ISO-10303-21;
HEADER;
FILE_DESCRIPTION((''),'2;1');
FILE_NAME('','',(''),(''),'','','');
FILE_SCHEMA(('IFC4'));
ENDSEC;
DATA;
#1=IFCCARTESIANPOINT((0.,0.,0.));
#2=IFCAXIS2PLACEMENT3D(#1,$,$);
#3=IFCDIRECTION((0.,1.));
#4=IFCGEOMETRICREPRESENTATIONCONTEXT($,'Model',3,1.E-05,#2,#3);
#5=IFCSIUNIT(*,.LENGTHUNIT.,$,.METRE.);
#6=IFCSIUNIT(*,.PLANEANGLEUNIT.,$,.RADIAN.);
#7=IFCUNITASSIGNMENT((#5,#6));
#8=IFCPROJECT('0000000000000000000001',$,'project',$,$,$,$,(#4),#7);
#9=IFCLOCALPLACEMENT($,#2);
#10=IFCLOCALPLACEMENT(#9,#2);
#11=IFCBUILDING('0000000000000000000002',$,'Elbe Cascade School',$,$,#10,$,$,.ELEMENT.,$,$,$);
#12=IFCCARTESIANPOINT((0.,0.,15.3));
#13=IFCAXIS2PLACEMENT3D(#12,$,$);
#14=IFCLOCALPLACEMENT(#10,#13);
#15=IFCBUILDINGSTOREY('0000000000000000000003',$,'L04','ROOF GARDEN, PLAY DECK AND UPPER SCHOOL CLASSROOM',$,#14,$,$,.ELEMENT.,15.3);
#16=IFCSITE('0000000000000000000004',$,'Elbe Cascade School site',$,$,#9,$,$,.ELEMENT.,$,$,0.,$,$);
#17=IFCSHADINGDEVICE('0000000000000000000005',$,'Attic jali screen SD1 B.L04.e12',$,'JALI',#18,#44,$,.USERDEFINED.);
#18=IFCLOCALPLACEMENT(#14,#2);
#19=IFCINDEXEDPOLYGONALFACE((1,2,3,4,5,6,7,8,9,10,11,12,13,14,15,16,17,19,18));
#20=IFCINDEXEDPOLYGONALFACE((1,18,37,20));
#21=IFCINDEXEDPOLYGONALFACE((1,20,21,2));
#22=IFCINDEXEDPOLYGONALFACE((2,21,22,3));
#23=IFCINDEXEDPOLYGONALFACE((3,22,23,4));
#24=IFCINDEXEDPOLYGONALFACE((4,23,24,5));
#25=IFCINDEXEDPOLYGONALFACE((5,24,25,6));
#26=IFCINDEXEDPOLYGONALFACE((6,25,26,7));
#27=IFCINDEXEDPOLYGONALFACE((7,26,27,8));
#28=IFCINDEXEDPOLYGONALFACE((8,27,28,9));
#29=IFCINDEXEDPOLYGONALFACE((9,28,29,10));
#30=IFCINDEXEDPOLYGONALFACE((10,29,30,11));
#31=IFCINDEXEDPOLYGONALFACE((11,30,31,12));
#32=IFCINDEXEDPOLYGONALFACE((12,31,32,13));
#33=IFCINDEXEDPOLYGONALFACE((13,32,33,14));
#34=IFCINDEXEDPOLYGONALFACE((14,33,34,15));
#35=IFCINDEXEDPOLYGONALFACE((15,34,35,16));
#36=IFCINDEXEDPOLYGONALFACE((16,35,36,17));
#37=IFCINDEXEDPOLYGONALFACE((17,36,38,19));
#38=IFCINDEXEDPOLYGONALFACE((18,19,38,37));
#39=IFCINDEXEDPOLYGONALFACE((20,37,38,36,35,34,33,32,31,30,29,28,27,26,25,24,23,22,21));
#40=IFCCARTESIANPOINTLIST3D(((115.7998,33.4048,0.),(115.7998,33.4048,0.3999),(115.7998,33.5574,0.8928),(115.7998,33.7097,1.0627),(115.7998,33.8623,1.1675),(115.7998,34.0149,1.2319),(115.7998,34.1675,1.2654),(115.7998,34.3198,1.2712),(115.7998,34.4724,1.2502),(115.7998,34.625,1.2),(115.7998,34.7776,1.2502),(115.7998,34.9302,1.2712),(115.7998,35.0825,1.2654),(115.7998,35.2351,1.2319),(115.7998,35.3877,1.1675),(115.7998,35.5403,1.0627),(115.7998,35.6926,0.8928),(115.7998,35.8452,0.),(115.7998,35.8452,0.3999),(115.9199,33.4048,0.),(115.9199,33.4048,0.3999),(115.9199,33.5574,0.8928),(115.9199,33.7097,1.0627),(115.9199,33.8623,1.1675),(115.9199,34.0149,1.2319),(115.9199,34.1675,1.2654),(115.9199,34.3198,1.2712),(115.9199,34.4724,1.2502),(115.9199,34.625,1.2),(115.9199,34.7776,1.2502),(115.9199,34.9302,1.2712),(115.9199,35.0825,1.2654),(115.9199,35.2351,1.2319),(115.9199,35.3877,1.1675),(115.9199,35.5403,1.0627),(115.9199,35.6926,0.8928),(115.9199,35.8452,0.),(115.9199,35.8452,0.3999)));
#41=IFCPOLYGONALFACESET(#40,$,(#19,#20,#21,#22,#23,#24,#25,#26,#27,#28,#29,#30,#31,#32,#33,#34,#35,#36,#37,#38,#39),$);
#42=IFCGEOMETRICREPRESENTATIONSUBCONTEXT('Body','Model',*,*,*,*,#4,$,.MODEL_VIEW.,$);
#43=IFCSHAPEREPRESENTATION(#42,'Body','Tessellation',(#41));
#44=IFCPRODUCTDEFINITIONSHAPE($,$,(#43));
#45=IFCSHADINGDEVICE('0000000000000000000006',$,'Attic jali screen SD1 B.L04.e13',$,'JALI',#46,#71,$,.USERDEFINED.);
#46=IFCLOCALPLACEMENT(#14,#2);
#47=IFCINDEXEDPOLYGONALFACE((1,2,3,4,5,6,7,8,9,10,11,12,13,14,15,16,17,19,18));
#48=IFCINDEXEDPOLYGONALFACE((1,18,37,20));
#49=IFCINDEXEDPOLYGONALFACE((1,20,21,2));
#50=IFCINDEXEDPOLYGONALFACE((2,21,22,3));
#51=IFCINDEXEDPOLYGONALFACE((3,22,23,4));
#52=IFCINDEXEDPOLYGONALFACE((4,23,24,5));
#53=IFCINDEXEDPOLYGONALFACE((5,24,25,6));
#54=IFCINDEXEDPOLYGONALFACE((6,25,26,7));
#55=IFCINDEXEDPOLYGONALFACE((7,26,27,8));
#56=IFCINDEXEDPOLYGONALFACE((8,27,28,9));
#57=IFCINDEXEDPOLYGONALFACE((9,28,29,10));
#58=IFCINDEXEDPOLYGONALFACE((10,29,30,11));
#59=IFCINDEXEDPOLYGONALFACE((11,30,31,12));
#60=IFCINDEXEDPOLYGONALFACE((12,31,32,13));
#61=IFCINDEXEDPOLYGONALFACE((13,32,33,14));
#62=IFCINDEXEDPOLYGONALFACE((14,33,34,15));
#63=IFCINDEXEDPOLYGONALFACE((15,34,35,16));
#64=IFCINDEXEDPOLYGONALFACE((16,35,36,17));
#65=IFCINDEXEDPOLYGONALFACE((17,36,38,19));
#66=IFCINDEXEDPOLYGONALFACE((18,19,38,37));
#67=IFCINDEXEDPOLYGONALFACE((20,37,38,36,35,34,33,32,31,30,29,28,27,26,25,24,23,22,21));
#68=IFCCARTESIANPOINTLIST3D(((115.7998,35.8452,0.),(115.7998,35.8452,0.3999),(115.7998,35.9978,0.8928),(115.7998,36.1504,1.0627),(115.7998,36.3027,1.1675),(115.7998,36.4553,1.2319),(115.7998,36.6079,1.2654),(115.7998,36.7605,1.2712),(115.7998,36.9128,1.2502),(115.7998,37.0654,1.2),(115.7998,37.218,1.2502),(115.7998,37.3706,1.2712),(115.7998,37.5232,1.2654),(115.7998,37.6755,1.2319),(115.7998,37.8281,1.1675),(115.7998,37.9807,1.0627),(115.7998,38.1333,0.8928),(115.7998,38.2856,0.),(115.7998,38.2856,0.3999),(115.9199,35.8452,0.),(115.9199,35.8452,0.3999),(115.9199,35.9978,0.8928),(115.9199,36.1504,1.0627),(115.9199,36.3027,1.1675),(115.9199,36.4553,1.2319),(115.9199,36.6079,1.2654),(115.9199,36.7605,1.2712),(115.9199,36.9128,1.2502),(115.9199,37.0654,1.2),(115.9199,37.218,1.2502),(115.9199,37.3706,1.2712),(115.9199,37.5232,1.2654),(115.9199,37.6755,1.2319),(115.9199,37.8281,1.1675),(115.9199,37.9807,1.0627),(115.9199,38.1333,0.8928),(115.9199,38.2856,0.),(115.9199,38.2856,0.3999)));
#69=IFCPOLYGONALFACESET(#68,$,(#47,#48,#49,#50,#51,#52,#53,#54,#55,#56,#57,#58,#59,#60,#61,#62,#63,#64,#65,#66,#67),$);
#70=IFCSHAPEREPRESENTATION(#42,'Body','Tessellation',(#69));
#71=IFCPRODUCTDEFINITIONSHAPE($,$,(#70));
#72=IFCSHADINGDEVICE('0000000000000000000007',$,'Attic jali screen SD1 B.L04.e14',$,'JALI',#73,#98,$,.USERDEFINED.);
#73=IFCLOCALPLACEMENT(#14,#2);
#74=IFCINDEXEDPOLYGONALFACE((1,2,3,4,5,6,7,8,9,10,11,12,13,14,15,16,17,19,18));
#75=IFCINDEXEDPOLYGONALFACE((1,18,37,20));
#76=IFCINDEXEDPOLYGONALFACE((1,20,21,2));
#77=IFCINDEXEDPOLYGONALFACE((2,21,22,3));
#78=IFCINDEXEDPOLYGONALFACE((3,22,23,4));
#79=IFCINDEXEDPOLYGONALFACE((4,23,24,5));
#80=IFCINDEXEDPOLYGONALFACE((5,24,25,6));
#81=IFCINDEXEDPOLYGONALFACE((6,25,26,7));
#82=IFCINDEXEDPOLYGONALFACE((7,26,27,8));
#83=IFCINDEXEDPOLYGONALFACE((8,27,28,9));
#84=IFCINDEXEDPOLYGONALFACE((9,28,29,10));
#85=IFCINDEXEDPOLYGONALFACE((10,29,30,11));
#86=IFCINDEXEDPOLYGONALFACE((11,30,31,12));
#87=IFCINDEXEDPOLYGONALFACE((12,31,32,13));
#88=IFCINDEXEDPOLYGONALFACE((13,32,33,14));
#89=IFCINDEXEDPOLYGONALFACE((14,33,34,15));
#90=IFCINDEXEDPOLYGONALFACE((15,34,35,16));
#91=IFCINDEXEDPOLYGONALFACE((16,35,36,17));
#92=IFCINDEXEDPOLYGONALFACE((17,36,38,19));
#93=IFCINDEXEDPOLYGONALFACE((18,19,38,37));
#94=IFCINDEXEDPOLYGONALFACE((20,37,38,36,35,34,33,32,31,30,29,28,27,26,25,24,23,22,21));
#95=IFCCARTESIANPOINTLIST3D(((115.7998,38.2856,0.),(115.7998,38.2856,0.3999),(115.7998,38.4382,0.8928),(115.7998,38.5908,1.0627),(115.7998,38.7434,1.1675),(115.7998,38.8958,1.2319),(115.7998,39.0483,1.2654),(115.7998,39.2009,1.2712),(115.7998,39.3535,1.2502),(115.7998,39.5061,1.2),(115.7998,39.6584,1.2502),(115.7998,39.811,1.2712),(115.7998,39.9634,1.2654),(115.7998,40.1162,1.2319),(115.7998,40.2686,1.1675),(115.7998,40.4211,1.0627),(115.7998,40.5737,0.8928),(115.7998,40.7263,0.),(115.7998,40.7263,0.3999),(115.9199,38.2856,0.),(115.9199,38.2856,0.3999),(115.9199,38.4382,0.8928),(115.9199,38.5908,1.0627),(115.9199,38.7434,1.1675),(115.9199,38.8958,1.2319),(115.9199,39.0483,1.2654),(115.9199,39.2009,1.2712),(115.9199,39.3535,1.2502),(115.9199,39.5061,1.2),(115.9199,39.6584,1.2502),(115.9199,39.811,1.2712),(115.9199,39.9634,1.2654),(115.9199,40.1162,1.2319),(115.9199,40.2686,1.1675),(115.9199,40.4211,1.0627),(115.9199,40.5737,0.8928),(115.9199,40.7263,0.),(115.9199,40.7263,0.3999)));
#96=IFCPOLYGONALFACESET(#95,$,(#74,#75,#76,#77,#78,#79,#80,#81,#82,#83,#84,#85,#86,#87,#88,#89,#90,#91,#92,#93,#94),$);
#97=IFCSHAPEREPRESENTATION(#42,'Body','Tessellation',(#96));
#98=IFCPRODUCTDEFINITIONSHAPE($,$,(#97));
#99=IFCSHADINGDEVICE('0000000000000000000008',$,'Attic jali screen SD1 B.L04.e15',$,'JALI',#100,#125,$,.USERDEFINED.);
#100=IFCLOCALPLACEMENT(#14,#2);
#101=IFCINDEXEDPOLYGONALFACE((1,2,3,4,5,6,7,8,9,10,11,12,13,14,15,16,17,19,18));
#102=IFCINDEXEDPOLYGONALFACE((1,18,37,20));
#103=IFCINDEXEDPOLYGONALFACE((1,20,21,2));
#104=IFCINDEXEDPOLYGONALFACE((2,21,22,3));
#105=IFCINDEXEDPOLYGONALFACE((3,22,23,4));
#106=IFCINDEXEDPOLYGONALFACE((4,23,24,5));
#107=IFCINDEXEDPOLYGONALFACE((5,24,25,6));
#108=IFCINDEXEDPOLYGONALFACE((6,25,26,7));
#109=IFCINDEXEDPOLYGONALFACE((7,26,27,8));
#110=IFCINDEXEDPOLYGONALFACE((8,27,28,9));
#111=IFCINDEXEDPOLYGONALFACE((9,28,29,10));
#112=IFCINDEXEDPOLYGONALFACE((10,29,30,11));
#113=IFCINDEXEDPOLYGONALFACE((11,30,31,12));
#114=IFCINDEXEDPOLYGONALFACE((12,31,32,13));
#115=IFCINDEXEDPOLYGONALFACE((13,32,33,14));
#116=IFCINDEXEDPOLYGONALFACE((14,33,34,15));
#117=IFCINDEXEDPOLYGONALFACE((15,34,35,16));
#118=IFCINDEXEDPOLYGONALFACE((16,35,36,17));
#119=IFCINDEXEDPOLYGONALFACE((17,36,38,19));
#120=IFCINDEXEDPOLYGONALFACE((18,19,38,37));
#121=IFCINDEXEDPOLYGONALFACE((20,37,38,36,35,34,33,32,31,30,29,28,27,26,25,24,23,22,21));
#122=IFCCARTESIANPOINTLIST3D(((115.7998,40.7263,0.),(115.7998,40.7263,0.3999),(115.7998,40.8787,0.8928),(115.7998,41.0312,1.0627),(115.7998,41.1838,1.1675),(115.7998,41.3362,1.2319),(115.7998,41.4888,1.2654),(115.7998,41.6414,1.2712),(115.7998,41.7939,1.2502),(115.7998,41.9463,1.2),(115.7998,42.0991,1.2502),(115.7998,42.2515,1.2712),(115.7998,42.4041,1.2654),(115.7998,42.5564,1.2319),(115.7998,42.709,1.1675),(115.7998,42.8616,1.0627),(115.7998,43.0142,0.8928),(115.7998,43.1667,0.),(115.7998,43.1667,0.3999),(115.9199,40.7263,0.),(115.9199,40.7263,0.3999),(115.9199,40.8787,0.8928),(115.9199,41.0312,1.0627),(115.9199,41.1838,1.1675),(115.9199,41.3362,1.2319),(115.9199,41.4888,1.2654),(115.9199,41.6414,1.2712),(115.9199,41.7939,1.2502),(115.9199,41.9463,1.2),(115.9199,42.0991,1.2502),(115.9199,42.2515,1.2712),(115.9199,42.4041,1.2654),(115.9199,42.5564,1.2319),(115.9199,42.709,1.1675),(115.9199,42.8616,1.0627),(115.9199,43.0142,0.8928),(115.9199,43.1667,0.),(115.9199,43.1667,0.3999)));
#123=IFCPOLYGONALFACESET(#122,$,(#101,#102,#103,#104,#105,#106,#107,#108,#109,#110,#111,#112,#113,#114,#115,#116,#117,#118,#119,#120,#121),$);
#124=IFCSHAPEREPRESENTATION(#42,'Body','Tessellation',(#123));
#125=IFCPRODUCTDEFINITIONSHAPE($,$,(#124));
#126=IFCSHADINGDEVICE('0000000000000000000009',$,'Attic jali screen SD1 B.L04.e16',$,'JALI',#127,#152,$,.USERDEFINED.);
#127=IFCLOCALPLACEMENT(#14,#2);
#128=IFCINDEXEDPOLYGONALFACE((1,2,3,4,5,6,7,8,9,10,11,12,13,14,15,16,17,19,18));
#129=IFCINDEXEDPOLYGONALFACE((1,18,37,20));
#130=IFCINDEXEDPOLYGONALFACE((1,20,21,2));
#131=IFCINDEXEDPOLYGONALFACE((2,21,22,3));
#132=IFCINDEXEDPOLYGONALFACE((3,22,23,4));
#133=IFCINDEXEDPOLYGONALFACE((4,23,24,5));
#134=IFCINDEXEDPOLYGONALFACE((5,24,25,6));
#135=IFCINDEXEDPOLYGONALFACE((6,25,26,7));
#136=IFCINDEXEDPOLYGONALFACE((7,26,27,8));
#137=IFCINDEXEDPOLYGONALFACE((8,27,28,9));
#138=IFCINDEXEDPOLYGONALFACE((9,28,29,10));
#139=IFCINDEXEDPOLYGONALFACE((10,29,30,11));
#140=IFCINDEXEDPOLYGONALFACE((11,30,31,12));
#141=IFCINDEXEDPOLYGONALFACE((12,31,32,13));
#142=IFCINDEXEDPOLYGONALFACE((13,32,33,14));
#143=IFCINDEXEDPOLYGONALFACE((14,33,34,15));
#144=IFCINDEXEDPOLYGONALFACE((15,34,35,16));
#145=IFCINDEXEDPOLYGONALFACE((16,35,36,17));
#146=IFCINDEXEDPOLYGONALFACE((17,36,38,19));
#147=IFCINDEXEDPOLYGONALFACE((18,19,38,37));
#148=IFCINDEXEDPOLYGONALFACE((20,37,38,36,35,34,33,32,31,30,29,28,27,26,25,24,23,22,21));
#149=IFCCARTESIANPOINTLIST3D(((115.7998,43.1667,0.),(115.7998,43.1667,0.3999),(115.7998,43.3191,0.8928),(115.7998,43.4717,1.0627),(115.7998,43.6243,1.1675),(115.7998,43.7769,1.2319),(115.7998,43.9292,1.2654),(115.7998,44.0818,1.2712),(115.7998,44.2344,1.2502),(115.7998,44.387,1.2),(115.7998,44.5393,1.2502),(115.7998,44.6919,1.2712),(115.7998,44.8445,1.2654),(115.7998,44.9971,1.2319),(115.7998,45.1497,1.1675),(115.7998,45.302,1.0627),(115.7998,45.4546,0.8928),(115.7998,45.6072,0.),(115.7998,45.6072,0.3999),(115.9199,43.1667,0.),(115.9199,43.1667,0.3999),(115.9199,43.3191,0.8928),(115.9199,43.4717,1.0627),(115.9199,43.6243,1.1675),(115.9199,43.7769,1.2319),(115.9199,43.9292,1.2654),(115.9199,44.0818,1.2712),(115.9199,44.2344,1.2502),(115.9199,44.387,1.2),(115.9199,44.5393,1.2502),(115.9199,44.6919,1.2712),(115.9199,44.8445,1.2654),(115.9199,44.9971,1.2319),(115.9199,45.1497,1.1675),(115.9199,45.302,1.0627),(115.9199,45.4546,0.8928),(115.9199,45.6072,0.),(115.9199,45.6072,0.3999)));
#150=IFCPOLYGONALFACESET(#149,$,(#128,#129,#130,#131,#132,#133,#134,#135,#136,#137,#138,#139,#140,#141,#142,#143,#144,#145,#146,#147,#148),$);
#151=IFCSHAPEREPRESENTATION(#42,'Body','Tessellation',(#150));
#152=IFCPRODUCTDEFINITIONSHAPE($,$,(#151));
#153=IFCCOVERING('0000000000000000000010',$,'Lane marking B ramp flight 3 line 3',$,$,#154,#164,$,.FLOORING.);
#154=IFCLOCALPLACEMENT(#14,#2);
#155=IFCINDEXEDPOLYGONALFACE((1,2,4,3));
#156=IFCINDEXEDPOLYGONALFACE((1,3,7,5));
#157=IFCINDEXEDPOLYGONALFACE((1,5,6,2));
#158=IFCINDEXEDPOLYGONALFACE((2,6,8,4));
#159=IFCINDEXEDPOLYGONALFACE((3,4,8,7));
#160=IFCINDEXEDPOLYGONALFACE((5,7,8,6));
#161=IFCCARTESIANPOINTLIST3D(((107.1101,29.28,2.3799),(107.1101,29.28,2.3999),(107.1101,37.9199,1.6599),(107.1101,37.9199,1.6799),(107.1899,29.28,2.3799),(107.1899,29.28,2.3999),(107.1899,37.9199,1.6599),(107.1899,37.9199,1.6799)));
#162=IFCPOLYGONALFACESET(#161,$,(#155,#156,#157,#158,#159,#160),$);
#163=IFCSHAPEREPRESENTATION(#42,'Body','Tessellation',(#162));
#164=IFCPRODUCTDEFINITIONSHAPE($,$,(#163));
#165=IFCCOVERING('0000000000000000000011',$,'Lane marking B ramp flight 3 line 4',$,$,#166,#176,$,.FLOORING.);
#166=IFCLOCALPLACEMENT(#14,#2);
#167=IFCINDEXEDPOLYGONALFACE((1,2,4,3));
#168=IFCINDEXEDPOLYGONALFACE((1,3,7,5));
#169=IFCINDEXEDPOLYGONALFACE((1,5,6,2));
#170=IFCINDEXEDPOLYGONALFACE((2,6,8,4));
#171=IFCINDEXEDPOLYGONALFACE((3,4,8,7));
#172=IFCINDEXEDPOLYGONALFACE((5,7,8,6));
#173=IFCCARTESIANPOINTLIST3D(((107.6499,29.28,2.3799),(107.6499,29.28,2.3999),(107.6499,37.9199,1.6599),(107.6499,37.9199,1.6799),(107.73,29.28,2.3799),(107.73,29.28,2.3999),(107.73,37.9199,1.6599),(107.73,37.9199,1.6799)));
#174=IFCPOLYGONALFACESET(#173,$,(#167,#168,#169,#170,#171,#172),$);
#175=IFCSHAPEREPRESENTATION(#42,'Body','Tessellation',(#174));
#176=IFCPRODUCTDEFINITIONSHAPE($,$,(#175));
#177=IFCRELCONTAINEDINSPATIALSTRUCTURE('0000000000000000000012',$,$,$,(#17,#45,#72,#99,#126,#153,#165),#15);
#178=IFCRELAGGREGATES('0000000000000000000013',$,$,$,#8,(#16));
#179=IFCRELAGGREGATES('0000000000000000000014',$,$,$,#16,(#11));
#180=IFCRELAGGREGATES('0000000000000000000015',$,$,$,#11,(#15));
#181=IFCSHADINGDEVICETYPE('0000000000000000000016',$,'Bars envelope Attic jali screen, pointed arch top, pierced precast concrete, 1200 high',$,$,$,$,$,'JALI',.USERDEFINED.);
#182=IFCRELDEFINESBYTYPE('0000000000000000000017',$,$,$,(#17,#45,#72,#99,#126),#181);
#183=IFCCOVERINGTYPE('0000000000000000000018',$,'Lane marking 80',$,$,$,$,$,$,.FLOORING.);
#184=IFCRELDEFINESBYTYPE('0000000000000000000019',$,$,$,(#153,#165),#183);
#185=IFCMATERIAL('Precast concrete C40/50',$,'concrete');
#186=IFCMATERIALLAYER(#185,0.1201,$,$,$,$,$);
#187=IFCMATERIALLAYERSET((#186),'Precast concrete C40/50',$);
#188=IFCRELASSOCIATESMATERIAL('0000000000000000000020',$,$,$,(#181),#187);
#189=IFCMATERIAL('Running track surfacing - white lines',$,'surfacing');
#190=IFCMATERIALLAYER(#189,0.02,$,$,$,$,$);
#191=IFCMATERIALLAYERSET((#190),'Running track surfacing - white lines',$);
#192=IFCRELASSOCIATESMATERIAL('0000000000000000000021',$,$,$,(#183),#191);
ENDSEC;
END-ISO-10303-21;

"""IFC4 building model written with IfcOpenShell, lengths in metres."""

from ifc_helpers import new_model, si_unit, direction, frame, origin, place, context, subcontext, project, spatial, polyline, outline, extrude, material, layer, layer_set, type_object, element, save


model = new_model("IFC4")

# Units and contexts
model_context = context("Model", 3, precision=1e-05, world=origin(), true_north=direction((0.0, 1.0)))
body_context = subcontext(model_context, "Body", "Model", "MODEL_VIEW")
ifc_project = project(units=[si_unit("LENGTHUNIT", "METRE"), si_unit("PLANEANGLEUNIT", "RADIAN")], contexts=[model_context])

# Site, building, storey
site_placement = place(None, origin())
site = spatial("IfcSite", under=ifc_project, at=site_placement, Name="Elbe Cascade School site", CompositionType="ELEMENT", RefElevation=0.0)
building_placement = place(site_placement, origin())
building = spatial("IfcBuilding", under=site, at=building_placement, Name="Elbe Cascade School", CompositionType="ELEMENT")
storey_placement = place(building_placement, frame((0.0, 0.0, 15.3)))
storey = spatial("IfcBuildingStorey", under=building, at=storey_placement, Name="L04", Description="ROOF GARDEN, PLAY DECK AND UPPER SCHOOL CLASSROOM", CompositionType="ELEMENT", Elevation=15.3)

# Shading devices
ifc_material_1 = material(Name="Precast concrete C40/50", Category="concrete")
ifc_layer_1 = layer(ifc_material_1, 0.1201)
ifc_layer_set_1 = layer_set([ifc_layer_1], Name="Precast concrete C40/50")
shading_device_type = type_object("IfcShadingDeviceType", Name="Bars envelope Attic jali screen, pointed arch top, pierced precast concrete, 1200 high", ElementType="JALI", PredefinedType="USERDEFINED", material=ifc_layer_set_1)
shading_device_1_placement = place(storey_placement, frame((115.9199, 33.4048, 0.0), z_axis=(1.0, 0.0, 0.0), x_axis=(0.0, 1.0, 0.0)))
element("IfcShadingDevice", 1, at=shading_device_1_placement, inside=storey, type_object=shading_device_type, Name="Attic jali screen SD1 B.L04.e12", ObjectType="JALI", PredefinedType="USERDEFINED", context=body_context, shape_type="SweptSolid", body=[
    extrude(outline(polyline([(0.0, 0.0), (2.4404, 0.0), (2.4404, 0.3999), (2.2878, 0.8928), (2.1355, 1.0627), (1.9829, 1.1675), (1.8303, 1.2319), (1.6777, 1.2654), (1.5254, 1.2712), (1.3728, 1.2502), (1.2202, 1.2), (1.0676, 1.2502), (0.915, 1.2712), (0.7627, 1.2654), (0.6101, 1.2319), (0.4575, 1.1675), (0.3049, 1.0627), (0.1526, 0.8928), (0.0, 0.3999), (0.0, 0.0)])), origin(), (0.0, 0.0, -1.0), 0.1201),
])
shading_device_2_placement = place(storey_placement, frame((115.9199, 35.8452, 0.0), z_axis=(1.0, 0.0, 0.0), x_axis=(0.0, 1.0, 0.0)))
element("IfcShadingDevice", 2, at=shading_device_2_placement, inside=storey, type_object=shading_device_type, Name="Attic jali screen SD1 B.L04.e13", ObjectType="JALI", PredefinedType="USERDEFINED", context=body_context, shape_type="SweptSolid", body=[
    extrude(outline(polyline([(0.0, 0.0), (2.4404, 0.0), (2.4404, 0.3999), (2.2881, 0.8928), (2.1355, 1.0627), (1.9829, 1.1675), (1.8303, 1.2319), (1.678, 1.2654), (1.5254, 1.2712), (1.3728, 1.2502), (1.2202, 1.2), (1.0676, 1.2502), (0.9153, 1.2712), (0.7627, 1.2654), (0.6101, 1.2319), (0.4575, 1.1675), (0.3052, 1.0627), (0.1526, 0.8928), (0.0, 0.3999), (0.0, 0.0)])), origin(), (0.0, 0.0, -1.0), 0.1201),
])
shading_device_3_placement = place(storey_placement, frame((115.9199, 38.2856, 0.0), z_axis=(1.0, 0.0, 0.0), x_axis=(0.0, 1.0, 0.0)))
element("IfcShadingDevice", 3, at=shading_device_3_placement, inside=storey, type_object=shading_device_type, Name="Attic jali screen SD1 B.L04.e14", ObjectType="JALI", PredefinedType="USERDEFINED", context=body_context, shape_type="SweptSolid", body=[
    extrude(outline(polyline([(0.0, 0.0), (2.4407, 0.0), (2.4407, 0.3999), (2.2881, 0.8928), (2.1355, 1.0627), (1.9829, 1.1675), (1.8306, 1.2319), (1.6777, 1.2654), (1.5254, 1.2712), (1.3728, 1.2502), (1.2205, 1.2), (1.0679, 1.2502), (0.9153, 1.2712), (0.7627, 1.2654), (0.6101, 1.2319), (0.4578, 1.1675), (0.3052, 1.0627), (0.1526, 0.8928), (0.0, 0.3999), (0.0, 0.0)])), origin(), (0.0, 0.0, -1.0), 0.1201),
])
shading_device_4_placement = place(storey_placement, frame((115.9199, 40.7263, 0.0), z_axis=(1.0, 0.0, 0.0), x_axis=(0.0, 1.0, 0.0)))
element("IfcShadingDevice", 4, at=shading_device_4_placement, inside=storey, type_object=shading_device_type, Name="Attic jali screen SD1 B.L04.e15", ObjectType="JALI", PredefinedType="USERDEFINED", context=body_context, shape_type="SweptSolid", body=[
    extrude(outline(polyline([(0.0, 0.0), (2.4404, 0.0), (2.4404, 0.3999), (2.2878, 0.8928), (2.1353, 1.0627), (1.9827, 1.1675), (1.8301, 1.2319), (1.6777, 1.2654), (1.5251, 1.2712), (1.3728, 1.2502), (1.22, 1.2), (1.0676, 1.2502), (0.915, 1.2712), (0.7625, 1.2654), (0.6099, 1.2319), (0.4575, 1.1675), (0.3049, 1.0627), (0.1523, 0.8928), (0.0, 0.3999), (0.0, 0.0)])), origin(), (0.0, 0.0, -1.0), 0.1201),
])
shading_device_5_placement = place(storey_placement, frame((115.9199, 43.1667, 0.0), z_axis=(1.0, 0.0, 0.0), x_axis=(0.0, 1.0, 0.0)))
element("IfcShadingDevice", 5, at=shading_device_5_placement, inside=storey, type_object=shading_device_type, Name="Attic jali screen SD1 B.L04.e16", ObjectType="JALI", PredefinedType="USERDEFINED", context=body_context, shape_type="SweptSolid", body=[
    extrude(outline(polyline([(0.0, 0.0), (2.4404, 0.0), (2.4404, 0.3999), (2.2878, 0.8928), (2.1353, 1.0627), (1.9829, 1.1675), (1.8303, 1.2319), (1.6777, 1.2654), (1.5251, 1.2712), (1.3726, 1.2502), (1.2202, 1.2), (1.0676, 1.2502), (0.915, 1.2712), (0.7625, 1.2654), (0.6101, 1.2319), (0.4575, 1.1675), (0.3049, 1.0627), (0.1523, 0.8928), (0.0, 0.3999), (0.0, 0.0)])), origin(), (0.0, 0.0, -1.0), 0.1201),
])

# Coverings
ifc_material_2 = material(Name="Running track surfacing - white lines", Category="surfacing")
ifc_layer_2 = layer(ifc_material_2, 0.02)
ifc_layer_set_2 = layer_set([ifc_layer_2], Name="Running track surfacing - white lines")
covering_type_1 = type_object("IfcCoveringType", Name="Lane marking 80", PredefinedType="FLOORING", material=ifc_layer_set_2)
covering_1_placement = place(storey_placement, frame((107.1101, 29.28, 2.3999), z_axis=(0.0, 0.083043, 0.996546), x_axis=(0.0, 0.996546, -0.083043)))
element("IfcCovering", 6, at=covering_1_placement, inside=storey, type_object=covering_type_1, Name="Lane marking B ramp flight 3 line 3", PredefinedType="FLOORING", context=body_context, shape_type="SweptSolid", body=[
    extrude(outline(polyline([(0.0, 0.0), (8.6698, 0.0), (8.6698, -0.0798), (0.0, -0.0798), (0.0, 0.0)])), origin(), (0.083043, 0.0, -0.996546), 0.02),
])
for number, where, z_axis, x_axis, name in (
    (7, (107.6499, 29.28, 2.3999), (0.0, 0.083043, 0.996546), (0.0, 0.996546, -0.083043), "Lane marking B ramp flight 3 line 4"),
):
    element("IfcCovering", number, at=place(storey_placement, frame(where, z_axis=z_axis, x_axis=x_axis)), inside=storey, type_object=covering_type_1, Name=name, PredefinedType="FLOORING", context=body_context, shape_type="SweptSolid", body=[
        extrude(outline(polyline([(0.0, 0.0), (8.6698, 0.0), (8.6698, -0.0801), (0.0, -0.0801), (0.0, 0.0)])), origin(), (0.083043, 0.0, -0.996546), 0.02),
    ])

save(model, "model.ifc")
